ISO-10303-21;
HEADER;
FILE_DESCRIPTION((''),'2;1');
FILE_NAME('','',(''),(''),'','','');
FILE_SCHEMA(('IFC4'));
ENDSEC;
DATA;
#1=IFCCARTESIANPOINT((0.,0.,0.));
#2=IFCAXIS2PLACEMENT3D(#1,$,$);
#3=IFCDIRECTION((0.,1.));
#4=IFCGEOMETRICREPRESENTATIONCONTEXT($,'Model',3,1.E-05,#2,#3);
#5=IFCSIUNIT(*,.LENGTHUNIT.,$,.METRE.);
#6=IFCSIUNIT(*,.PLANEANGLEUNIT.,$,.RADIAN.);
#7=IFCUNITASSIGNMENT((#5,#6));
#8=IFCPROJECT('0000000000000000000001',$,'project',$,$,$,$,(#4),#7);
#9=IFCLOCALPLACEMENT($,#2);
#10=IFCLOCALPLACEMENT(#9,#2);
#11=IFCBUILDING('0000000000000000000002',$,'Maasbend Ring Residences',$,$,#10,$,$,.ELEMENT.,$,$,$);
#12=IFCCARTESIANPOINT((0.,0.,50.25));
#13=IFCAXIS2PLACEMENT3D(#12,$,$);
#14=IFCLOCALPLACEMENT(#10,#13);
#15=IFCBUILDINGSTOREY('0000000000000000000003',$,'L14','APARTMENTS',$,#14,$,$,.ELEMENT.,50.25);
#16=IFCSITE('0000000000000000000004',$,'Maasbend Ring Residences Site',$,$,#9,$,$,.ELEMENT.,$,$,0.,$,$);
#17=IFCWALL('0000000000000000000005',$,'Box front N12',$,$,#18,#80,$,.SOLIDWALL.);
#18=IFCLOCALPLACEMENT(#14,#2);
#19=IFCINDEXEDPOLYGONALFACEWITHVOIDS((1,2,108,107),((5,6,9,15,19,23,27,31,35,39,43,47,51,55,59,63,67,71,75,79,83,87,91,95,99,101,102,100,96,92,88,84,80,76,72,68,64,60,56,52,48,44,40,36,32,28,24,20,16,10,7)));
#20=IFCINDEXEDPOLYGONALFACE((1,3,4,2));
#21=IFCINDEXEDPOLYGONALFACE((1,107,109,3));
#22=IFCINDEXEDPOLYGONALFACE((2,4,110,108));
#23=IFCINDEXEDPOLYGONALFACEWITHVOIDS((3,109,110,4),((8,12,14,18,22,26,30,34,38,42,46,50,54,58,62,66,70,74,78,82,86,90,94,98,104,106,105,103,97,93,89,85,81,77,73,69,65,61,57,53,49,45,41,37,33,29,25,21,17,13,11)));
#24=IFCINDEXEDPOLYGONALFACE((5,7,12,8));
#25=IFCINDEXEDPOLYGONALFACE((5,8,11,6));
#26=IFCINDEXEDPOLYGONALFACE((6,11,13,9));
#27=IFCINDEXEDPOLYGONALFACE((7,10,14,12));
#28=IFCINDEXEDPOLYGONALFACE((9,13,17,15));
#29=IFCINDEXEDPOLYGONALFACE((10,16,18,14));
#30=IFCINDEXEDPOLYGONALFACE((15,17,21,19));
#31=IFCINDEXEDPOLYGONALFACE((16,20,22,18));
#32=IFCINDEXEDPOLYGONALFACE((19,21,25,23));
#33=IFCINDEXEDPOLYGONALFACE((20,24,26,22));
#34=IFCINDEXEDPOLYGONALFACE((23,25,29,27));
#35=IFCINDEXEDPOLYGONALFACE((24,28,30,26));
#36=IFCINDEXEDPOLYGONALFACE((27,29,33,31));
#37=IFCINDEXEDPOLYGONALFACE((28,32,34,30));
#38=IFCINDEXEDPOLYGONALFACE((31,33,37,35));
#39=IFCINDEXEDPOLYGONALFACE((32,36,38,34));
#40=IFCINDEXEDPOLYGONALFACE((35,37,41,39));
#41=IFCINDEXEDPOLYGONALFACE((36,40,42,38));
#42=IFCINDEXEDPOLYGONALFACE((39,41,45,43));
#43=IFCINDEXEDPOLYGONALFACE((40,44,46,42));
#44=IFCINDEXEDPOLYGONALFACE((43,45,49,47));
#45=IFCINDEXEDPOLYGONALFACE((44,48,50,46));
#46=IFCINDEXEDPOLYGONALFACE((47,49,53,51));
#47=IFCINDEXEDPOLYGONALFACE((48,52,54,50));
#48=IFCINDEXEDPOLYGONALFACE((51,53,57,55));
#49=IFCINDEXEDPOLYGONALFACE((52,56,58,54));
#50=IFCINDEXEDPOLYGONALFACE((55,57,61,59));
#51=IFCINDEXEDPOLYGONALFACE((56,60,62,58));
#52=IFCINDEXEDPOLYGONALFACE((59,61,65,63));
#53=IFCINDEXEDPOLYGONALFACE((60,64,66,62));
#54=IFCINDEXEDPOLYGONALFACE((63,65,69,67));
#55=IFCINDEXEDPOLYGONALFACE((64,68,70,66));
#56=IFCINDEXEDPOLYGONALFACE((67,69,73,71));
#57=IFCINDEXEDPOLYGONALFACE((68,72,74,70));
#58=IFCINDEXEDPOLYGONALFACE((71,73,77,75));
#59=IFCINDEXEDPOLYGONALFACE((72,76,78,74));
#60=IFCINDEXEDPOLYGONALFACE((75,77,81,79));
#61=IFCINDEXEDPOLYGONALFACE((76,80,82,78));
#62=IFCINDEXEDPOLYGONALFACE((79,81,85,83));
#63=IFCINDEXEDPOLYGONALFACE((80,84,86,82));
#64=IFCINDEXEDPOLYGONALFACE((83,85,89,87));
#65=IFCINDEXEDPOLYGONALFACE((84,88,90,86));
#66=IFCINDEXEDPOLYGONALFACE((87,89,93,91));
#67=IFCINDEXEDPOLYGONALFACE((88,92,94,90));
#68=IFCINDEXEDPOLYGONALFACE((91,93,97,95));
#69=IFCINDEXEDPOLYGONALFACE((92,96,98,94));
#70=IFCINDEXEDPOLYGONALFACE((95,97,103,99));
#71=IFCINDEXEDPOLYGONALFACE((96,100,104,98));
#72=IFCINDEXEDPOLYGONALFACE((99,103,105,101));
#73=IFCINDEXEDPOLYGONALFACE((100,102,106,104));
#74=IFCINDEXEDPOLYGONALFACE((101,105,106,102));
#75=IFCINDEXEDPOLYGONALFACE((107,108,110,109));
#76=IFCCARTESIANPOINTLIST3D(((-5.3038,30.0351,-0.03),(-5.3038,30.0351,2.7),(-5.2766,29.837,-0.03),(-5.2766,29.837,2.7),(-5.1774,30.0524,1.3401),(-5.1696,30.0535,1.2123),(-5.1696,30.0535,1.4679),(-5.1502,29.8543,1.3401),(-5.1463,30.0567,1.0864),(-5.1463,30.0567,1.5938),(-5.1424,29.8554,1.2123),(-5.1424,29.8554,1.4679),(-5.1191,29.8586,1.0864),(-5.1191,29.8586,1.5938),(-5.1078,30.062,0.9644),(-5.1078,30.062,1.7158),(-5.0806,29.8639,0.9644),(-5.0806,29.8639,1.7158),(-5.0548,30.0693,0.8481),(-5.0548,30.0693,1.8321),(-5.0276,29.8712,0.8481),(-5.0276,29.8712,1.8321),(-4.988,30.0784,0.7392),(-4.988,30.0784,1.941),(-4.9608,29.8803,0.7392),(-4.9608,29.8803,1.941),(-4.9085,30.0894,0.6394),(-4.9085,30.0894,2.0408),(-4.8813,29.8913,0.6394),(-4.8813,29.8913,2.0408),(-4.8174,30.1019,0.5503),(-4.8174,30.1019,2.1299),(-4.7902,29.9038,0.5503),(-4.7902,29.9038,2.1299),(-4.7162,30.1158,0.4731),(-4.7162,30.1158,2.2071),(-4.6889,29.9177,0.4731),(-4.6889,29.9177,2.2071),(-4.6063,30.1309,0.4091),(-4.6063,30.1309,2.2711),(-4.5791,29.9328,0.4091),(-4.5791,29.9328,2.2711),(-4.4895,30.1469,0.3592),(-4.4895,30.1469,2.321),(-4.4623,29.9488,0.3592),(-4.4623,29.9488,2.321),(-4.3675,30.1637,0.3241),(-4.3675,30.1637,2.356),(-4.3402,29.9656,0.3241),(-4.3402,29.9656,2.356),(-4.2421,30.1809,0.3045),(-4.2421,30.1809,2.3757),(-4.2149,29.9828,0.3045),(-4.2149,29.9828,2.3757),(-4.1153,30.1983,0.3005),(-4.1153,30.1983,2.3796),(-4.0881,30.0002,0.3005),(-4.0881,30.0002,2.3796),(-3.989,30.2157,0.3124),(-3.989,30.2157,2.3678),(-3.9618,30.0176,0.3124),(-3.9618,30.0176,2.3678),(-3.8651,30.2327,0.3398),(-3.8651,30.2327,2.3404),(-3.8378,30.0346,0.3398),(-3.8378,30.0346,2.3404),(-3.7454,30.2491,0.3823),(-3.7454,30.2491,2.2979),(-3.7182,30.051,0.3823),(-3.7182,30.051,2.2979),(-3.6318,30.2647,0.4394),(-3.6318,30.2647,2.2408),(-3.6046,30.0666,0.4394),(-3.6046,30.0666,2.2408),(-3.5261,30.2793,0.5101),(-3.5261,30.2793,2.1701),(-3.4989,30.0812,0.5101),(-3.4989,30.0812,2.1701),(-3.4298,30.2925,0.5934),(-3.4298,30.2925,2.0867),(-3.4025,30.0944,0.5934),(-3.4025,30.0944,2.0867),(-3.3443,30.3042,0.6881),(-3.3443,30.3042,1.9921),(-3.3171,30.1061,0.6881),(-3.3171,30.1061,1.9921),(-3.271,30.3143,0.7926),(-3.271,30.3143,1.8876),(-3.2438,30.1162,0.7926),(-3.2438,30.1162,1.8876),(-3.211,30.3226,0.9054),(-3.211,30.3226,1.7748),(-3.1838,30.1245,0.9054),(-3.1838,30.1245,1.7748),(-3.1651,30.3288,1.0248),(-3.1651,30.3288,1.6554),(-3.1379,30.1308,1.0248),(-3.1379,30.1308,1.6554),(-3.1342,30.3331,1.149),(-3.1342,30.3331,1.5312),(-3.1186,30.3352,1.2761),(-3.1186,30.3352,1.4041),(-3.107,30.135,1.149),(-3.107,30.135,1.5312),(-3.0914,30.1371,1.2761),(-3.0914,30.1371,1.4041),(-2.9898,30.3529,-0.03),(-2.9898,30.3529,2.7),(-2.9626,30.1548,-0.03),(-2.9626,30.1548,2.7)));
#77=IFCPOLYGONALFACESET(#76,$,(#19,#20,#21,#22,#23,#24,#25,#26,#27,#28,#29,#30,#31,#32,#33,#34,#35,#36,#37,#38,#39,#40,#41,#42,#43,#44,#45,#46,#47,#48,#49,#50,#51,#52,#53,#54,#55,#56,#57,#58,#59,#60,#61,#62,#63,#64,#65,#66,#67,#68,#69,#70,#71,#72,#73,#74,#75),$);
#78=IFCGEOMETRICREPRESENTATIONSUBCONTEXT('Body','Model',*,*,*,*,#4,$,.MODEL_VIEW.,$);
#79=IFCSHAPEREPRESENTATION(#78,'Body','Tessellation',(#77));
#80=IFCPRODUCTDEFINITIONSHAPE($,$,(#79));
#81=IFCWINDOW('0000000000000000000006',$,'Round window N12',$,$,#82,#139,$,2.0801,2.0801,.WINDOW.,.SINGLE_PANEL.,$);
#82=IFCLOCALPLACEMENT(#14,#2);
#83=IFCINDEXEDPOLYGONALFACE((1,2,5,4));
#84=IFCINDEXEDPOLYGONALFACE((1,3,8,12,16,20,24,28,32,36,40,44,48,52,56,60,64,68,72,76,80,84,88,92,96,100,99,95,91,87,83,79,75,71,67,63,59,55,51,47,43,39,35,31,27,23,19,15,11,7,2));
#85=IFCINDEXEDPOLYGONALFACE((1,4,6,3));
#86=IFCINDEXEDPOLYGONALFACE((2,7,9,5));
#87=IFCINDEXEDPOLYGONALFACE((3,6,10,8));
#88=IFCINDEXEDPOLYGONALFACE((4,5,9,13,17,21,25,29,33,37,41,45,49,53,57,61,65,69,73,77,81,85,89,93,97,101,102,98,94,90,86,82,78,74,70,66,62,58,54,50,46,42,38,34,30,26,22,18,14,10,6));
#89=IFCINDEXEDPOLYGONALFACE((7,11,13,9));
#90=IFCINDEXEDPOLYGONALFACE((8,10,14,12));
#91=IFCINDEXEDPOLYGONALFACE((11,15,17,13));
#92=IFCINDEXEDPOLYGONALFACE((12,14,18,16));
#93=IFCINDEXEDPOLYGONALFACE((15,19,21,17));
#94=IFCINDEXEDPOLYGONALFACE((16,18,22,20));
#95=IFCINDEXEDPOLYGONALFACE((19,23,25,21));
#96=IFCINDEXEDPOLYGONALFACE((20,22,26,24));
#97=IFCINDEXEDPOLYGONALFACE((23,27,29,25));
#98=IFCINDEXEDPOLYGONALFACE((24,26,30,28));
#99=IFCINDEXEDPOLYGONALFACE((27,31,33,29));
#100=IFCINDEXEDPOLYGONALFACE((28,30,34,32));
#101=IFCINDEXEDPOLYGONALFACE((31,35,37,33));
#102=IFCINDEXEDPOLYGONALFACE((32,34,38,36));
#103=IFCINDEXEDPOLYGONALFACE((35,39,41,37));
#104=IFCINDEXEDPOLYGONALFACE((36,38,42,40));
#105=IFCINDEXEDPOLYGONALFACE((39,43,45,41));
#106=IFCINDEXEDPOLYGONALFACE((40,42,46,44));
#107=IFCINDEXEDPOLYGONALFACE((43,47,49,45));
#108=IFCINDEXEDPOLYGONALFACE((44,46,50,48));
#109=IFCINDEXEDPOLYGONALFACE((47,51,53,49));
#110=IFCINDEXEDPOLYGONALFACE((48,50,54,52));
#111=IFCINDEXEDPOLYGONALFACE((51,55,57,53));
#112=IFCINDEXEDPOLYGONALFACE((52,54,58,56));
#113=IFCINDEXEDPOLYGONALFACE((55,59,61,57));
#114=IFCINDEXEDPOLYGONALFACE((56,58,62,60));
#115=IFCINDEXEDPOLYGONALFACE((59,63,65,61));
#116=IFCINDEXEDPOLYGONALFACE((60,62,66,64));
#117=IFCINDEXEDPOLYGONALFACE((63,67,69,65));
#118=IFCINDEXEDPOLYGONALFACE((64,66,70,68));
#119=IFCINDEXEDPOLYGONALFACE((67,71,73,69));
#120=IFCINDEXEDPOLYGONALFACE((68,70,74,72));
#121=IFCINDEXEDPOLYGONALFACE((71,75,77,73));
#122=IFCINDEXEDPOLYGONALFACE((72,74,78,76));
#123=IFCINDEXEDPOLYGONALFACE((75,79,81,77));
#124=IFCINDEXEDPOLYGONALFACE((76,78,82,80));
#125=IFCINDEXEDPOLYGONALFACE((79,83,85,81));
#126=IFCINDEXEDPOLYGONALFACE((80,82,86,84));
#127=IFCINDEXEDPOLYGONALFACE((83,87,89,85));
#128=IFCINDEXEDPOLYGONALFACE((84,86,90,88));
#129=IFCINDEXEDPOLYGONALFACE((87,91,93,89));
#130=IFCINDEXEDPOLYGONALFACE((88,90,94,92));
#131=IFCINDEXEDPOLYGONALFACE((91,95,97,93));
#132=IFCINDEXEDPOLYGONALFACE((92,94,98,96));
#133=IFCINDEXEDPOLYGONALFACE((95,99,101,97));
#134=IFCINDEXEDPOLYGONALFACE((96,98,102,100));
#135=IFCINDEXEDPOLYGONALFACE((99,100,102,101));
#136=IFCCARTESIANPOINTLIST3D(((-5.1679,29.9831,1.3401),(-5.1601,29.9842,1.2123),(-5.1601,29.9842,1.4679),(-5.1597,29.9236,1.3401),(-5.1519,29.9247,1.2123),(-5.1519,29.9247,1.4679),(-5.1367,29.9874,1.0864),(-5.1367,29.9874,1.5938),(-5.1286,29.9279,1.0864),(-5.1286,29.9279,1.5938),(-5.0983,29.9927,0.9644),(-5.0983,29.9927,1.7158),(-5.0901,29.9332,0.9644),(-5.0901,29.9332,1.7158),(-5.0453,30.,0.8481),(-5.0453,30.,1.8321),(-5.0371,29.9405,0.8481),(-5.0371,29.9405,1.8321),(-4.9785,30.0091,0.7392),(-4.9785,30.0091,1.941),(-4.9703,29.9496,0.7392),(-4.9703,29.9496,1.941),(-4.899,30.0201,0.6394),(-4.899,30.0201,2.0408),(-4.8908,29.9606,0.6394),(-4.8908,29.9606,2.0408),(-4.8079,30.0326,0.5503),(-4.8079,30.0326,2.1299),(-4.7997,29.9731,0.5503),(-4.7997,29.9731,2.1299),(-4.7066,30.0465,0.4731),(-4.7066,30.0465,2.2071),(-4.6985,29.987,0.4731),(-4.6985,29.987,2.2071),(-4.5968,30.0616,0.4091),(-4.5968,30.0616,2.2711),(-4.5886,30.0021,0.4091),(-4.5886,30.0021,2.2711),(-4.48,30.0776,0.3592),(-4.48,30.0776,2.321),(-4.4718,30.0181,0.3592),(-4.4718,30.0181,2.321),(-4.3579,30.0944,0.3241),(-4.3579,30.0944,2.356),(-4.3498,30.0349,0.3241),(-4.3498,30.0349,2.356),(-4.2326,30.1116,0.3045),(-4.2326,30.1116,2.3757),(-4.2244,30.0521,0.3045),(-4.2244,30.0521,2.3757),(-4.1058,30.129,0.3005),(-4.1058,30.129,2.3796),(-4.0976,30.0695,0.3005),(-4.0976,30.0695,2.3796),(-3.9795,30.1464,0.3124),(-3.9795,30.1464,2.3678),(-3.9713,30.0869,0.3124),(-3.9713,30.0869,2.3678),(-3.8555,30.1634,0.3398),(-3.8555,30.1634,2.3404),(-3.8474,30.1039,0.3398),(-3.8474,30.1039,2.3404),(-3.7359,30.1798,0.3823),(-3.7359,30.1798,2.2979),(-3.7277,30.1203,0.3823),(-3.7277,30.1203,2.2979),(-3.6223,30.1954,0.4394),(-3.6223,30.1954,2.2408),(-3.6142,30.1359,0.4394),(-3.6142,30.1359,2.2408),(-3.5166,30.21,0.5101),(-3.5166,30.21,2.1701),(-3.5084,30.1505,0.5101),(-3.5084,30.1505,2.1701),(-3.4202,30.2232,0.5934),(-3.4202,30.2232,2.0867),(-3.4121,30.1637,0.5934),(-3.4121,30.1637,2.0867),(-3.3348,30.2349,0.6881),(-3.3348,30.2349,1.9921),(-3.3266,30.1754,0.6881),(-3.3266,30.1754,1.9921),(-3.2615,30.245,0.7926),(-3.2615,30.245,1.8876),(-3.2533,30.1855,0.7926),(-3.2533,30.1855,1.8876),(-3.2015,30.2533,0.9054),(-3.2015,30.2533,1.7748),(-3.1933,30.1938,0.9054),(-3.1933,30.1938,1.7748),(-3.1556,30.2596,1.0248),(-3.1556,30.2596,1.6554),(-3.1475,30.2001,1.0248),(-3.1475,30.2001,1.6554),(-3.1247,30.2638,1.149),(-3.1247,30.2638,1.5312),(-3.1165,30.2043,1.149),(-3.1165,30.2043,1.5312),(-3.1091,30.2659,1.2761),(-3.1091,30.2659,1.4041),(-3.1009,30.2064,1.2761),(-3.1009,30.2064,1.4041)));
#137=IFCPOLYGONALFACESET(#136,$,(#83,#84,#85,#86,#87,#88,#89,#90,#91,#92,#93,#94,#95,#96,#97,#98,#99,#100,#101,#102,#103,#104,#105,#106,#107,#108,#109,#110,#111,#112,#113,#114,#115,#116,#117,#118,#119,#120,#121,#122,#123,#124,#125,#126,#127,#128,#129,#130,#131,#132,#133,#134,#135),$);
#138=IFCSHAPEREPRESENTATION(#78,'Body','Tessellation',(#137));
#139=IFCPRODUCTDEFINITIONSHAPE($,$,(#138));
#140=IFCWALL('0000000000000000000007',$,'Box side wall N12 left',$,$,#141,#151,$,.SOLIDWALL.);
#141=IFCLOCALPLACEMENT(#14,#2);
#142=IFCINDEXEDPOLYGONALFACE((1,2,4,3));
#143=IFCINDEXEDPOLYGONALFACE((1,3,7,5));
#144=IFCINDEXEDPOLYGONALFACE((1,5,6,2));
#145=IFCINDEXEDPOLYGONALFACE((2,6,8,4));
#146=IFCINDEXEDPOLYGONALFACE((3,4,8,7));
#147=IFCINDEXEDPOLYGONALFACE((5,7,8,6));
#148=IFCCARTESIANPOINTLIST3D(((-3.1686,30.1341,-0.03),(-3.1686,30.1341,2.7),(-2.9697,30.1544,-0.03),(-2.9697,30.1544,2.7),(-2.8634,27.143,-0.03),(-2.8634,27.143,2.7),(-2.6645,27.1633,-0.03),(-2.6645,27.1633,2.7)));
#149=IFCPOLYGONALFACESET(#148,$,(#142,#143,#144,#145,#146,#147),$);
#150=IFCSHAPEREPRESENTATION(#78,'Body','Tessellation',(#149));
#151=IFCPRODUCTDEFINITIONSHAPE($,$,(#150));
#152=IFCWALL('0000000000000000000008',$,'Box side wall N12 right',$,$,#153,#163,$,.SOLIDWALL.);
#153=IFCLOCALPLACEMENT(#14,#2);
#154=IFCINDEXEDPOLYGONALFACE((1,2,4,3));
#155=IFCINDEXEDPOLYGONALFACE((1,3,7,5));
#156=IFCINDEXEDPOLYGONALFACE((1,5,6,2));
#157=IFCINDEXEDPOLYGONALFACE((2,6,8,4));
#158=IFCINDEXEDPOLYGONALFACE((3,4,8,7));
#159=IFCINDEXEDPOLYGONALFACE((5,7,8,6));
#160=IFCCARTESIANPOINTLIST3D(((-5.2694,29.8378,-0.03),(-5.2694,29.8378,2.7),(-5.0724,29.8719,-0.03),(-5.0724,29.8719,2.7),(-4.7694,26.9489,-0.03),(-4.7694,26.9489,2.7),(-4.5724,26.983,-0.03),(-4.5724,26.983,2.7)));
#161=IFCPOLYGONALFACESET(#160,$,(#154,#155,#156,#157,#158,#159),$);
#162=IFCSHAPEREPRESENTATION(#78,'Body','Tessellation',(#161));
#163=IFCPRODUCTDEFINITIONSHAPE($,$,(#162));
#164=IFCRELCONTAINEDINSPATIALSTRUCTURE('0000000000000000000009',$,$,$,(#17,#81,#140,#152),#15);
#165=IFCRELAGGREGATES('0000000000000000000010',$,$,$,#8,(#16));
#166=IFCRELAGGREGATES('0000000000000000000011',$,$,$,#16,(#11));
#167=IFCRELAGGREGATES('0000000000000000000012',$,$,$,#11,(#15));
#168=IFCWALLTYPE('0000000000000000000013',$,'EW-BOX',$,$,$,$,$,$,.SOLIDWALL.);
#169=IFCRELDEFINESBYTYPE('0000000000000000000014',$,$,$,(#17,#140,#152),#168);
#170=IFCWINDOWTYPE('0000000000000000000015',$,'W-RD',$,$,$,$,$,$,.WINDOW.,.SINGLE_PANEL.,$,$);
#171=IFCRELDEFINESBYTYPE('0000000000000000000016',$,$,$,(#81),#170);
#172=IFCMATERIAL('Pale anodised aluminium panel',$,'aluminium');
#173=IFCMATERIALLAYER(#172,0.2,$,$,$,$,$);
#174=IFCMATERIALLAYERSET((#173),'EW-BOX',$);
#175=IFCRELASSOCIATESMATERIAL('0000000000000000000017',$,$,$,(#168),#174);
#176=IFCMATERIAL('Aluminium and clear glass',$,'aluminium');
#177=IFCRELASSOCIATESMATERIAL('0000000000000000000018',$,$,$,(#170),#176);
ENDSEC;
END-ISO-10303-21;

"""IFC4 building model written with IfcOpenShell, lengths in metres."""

from ifc_helpers import new_model, si_unit, direction, frame, frame_2d, origin, place, context, subcontext, project, spatial, rectangle, circle, extrude, material, layer, layer_set, type_object, element, fill, save


model = new_model("IFC4")

# Units and contexts
model_context = context("Model", 3, precision=1e-05, world=origin(), true_north=direction((0.0, 1.0)))
body_context = subcontext(model_context, "Body", "Model", "MODEL_VIEW")
ifc_project = project(units=[si_unit("LENGTHUNIT", "METRE"), si_unit("PLANEANGLEUNIT", "RADIAN")], contexts=[model_context])

# Site, building, storey
site_placement = place(None, origin())
site = spatial("IfcSite", under=ifc_project, at=site_placement, Name="Maasbend Ring Residences Site", CompositionType="ELEMENT", RefElevation=0.0)
building_placement = place(site_placement, origin())
building = spatial("IfcBuilding", under=site, at=building_placement, Name="Maasbend Ring Residences", CompositionType="ELEMENT")
storey_placement = place(building_placement, frame((0.0, 0.0, 50.25)))
storey = spatial("IfcBuildingStorey", under=building, at=storey_placement, Name="L14", Description="APARTMENTS", CompositionType="ELEMENT", Elevation=50.25)

# Wall, opening, window
ifc_material_1 = material(Name="Pale anodised aluminium panel", Category="aluminium")
ifc_layer_1 = layer(ifc_material_1, 0.2)
ifc_layer_set_1 = layer_set([ifc_layer_1], Name="EW-BOX")
wall_type_1 = type_object("IfcWallType", Name="EW-BOX", PredefinedType="SOLIDWALL", material=ifc_layer_set_1)
wall_1_placement = place(storey_placement, frame((-2.9761, 30.2539, -0.03), z_axis=(0.0, 0.0, 1.0), x_axis=(-0.990696, -0.136093, 0.0)))
wall_1 = element("IfcWall", 1, at=wall_1_placement, inside=storey, type_object=wall_type_1, Name="Box front N12", PredefinedType="SOLIDWALL", context=body_context, shape_type="SweptSolid", body=[
    extrude(rectangle(XDim=2.3357, YDim=0.2, at=frame_2d((1.168, 0.0))), origin(), (0.0, 0.0, 1.0), 2.73),
])
opening_1_placement = place(wall_1_placement, frame((0.1282, 0.0, 0.3301)))
opening_1 = element("IfcOpeningElement", 2, at=opening_1_placement, cuts=wall_1, PredefinedType="OPENING", context=body_context, shape_type="SweptSolid", body=[
    extrude(circle(Radius=1.04, at=frame_2d((1.04, 1.04))), frame((0.0, 0.1099, 0.0), z_axis=(0.0, -1.0, 0.0), x_axis=(1.0, 0.0, 0.0)), (0.0, 0.0, 1.0), 0.22),
])
ifc_material_2 = material(Name="Aluminium and clear glass", Category="aluminium")
window_type_1 = type_object("IfcWindowType", Name="W-RD", PartitioningType="SINGLE_PANEL", PredefinedType="WINDOW", material=ifc_material_2)
window_1_placement = place(opening_1_placement, origin())
window_1 = element("IfcWindow", 3, at=window_1_placement, inside=storey, type_object=window_type_1, Name="Round window N12", OverallHeight=2.0801, OverallWidth=2.0801, PartitioningType="SINGLE_PANEL", PredefinedType="WINDOW", context=body_context, shape_type="SweptSolid", body=[
    extrude(circle(Radius=1.04, at=frame_2d((1.04, 1.04))), frame((0.0, 0.03, 0.0), z_axis=(0.0, -1.0, 0.0), x_axis=(1.0, 0.0, 0.0)), (0.0, 0.0, 1.0), 0.0601),
])
fill(opening_1, window_1)

# Walls
wall_2_placement = place(storey_placement, frame((-2.7639, 27.1531, -0.03), z_axis=(0.0, 0.0, 1.0), x_axis=(-0.101505, 0.994835, 0.0)))
element("IfcWall", 4, at=wall_2_placement, inside=storey, type_object=wall_type_1, Name="Box side wall N12 left", PredefinedType="SOLIDWALL", context=body_context, shape_type="SweptSolid", body=[
    extrude(rectangle(XDim=3.0066, YDim=0.2, at=frame_2d((1.5034, 0.0))), origin(), (0.0, 0.0, 1.0), 2.73),
])
wall_3_placement = place(storey_placement, frame((-4.6709, 26.9661, -0.03), z_axis=(0.0, 0.0, 1.0), x_axis=(-0.17054, 0.985351, 0.0)))
element("IfcWall", 5, at=wall_3_placement, inside=storey, type_object=wall_type_1, Name="Box side wall N12 right", PredefinedType="SOLIDWALL", context=body_context, shape_type="SweptSolid", body=[
    extrude(rectangle(XDim=2.9319, YDim=0.2, at=frame_2d((1.4658, 0.0))), origin(), (0.0, 0.0, 1.0), 2.73),
])

save(model, "model.ifc")
